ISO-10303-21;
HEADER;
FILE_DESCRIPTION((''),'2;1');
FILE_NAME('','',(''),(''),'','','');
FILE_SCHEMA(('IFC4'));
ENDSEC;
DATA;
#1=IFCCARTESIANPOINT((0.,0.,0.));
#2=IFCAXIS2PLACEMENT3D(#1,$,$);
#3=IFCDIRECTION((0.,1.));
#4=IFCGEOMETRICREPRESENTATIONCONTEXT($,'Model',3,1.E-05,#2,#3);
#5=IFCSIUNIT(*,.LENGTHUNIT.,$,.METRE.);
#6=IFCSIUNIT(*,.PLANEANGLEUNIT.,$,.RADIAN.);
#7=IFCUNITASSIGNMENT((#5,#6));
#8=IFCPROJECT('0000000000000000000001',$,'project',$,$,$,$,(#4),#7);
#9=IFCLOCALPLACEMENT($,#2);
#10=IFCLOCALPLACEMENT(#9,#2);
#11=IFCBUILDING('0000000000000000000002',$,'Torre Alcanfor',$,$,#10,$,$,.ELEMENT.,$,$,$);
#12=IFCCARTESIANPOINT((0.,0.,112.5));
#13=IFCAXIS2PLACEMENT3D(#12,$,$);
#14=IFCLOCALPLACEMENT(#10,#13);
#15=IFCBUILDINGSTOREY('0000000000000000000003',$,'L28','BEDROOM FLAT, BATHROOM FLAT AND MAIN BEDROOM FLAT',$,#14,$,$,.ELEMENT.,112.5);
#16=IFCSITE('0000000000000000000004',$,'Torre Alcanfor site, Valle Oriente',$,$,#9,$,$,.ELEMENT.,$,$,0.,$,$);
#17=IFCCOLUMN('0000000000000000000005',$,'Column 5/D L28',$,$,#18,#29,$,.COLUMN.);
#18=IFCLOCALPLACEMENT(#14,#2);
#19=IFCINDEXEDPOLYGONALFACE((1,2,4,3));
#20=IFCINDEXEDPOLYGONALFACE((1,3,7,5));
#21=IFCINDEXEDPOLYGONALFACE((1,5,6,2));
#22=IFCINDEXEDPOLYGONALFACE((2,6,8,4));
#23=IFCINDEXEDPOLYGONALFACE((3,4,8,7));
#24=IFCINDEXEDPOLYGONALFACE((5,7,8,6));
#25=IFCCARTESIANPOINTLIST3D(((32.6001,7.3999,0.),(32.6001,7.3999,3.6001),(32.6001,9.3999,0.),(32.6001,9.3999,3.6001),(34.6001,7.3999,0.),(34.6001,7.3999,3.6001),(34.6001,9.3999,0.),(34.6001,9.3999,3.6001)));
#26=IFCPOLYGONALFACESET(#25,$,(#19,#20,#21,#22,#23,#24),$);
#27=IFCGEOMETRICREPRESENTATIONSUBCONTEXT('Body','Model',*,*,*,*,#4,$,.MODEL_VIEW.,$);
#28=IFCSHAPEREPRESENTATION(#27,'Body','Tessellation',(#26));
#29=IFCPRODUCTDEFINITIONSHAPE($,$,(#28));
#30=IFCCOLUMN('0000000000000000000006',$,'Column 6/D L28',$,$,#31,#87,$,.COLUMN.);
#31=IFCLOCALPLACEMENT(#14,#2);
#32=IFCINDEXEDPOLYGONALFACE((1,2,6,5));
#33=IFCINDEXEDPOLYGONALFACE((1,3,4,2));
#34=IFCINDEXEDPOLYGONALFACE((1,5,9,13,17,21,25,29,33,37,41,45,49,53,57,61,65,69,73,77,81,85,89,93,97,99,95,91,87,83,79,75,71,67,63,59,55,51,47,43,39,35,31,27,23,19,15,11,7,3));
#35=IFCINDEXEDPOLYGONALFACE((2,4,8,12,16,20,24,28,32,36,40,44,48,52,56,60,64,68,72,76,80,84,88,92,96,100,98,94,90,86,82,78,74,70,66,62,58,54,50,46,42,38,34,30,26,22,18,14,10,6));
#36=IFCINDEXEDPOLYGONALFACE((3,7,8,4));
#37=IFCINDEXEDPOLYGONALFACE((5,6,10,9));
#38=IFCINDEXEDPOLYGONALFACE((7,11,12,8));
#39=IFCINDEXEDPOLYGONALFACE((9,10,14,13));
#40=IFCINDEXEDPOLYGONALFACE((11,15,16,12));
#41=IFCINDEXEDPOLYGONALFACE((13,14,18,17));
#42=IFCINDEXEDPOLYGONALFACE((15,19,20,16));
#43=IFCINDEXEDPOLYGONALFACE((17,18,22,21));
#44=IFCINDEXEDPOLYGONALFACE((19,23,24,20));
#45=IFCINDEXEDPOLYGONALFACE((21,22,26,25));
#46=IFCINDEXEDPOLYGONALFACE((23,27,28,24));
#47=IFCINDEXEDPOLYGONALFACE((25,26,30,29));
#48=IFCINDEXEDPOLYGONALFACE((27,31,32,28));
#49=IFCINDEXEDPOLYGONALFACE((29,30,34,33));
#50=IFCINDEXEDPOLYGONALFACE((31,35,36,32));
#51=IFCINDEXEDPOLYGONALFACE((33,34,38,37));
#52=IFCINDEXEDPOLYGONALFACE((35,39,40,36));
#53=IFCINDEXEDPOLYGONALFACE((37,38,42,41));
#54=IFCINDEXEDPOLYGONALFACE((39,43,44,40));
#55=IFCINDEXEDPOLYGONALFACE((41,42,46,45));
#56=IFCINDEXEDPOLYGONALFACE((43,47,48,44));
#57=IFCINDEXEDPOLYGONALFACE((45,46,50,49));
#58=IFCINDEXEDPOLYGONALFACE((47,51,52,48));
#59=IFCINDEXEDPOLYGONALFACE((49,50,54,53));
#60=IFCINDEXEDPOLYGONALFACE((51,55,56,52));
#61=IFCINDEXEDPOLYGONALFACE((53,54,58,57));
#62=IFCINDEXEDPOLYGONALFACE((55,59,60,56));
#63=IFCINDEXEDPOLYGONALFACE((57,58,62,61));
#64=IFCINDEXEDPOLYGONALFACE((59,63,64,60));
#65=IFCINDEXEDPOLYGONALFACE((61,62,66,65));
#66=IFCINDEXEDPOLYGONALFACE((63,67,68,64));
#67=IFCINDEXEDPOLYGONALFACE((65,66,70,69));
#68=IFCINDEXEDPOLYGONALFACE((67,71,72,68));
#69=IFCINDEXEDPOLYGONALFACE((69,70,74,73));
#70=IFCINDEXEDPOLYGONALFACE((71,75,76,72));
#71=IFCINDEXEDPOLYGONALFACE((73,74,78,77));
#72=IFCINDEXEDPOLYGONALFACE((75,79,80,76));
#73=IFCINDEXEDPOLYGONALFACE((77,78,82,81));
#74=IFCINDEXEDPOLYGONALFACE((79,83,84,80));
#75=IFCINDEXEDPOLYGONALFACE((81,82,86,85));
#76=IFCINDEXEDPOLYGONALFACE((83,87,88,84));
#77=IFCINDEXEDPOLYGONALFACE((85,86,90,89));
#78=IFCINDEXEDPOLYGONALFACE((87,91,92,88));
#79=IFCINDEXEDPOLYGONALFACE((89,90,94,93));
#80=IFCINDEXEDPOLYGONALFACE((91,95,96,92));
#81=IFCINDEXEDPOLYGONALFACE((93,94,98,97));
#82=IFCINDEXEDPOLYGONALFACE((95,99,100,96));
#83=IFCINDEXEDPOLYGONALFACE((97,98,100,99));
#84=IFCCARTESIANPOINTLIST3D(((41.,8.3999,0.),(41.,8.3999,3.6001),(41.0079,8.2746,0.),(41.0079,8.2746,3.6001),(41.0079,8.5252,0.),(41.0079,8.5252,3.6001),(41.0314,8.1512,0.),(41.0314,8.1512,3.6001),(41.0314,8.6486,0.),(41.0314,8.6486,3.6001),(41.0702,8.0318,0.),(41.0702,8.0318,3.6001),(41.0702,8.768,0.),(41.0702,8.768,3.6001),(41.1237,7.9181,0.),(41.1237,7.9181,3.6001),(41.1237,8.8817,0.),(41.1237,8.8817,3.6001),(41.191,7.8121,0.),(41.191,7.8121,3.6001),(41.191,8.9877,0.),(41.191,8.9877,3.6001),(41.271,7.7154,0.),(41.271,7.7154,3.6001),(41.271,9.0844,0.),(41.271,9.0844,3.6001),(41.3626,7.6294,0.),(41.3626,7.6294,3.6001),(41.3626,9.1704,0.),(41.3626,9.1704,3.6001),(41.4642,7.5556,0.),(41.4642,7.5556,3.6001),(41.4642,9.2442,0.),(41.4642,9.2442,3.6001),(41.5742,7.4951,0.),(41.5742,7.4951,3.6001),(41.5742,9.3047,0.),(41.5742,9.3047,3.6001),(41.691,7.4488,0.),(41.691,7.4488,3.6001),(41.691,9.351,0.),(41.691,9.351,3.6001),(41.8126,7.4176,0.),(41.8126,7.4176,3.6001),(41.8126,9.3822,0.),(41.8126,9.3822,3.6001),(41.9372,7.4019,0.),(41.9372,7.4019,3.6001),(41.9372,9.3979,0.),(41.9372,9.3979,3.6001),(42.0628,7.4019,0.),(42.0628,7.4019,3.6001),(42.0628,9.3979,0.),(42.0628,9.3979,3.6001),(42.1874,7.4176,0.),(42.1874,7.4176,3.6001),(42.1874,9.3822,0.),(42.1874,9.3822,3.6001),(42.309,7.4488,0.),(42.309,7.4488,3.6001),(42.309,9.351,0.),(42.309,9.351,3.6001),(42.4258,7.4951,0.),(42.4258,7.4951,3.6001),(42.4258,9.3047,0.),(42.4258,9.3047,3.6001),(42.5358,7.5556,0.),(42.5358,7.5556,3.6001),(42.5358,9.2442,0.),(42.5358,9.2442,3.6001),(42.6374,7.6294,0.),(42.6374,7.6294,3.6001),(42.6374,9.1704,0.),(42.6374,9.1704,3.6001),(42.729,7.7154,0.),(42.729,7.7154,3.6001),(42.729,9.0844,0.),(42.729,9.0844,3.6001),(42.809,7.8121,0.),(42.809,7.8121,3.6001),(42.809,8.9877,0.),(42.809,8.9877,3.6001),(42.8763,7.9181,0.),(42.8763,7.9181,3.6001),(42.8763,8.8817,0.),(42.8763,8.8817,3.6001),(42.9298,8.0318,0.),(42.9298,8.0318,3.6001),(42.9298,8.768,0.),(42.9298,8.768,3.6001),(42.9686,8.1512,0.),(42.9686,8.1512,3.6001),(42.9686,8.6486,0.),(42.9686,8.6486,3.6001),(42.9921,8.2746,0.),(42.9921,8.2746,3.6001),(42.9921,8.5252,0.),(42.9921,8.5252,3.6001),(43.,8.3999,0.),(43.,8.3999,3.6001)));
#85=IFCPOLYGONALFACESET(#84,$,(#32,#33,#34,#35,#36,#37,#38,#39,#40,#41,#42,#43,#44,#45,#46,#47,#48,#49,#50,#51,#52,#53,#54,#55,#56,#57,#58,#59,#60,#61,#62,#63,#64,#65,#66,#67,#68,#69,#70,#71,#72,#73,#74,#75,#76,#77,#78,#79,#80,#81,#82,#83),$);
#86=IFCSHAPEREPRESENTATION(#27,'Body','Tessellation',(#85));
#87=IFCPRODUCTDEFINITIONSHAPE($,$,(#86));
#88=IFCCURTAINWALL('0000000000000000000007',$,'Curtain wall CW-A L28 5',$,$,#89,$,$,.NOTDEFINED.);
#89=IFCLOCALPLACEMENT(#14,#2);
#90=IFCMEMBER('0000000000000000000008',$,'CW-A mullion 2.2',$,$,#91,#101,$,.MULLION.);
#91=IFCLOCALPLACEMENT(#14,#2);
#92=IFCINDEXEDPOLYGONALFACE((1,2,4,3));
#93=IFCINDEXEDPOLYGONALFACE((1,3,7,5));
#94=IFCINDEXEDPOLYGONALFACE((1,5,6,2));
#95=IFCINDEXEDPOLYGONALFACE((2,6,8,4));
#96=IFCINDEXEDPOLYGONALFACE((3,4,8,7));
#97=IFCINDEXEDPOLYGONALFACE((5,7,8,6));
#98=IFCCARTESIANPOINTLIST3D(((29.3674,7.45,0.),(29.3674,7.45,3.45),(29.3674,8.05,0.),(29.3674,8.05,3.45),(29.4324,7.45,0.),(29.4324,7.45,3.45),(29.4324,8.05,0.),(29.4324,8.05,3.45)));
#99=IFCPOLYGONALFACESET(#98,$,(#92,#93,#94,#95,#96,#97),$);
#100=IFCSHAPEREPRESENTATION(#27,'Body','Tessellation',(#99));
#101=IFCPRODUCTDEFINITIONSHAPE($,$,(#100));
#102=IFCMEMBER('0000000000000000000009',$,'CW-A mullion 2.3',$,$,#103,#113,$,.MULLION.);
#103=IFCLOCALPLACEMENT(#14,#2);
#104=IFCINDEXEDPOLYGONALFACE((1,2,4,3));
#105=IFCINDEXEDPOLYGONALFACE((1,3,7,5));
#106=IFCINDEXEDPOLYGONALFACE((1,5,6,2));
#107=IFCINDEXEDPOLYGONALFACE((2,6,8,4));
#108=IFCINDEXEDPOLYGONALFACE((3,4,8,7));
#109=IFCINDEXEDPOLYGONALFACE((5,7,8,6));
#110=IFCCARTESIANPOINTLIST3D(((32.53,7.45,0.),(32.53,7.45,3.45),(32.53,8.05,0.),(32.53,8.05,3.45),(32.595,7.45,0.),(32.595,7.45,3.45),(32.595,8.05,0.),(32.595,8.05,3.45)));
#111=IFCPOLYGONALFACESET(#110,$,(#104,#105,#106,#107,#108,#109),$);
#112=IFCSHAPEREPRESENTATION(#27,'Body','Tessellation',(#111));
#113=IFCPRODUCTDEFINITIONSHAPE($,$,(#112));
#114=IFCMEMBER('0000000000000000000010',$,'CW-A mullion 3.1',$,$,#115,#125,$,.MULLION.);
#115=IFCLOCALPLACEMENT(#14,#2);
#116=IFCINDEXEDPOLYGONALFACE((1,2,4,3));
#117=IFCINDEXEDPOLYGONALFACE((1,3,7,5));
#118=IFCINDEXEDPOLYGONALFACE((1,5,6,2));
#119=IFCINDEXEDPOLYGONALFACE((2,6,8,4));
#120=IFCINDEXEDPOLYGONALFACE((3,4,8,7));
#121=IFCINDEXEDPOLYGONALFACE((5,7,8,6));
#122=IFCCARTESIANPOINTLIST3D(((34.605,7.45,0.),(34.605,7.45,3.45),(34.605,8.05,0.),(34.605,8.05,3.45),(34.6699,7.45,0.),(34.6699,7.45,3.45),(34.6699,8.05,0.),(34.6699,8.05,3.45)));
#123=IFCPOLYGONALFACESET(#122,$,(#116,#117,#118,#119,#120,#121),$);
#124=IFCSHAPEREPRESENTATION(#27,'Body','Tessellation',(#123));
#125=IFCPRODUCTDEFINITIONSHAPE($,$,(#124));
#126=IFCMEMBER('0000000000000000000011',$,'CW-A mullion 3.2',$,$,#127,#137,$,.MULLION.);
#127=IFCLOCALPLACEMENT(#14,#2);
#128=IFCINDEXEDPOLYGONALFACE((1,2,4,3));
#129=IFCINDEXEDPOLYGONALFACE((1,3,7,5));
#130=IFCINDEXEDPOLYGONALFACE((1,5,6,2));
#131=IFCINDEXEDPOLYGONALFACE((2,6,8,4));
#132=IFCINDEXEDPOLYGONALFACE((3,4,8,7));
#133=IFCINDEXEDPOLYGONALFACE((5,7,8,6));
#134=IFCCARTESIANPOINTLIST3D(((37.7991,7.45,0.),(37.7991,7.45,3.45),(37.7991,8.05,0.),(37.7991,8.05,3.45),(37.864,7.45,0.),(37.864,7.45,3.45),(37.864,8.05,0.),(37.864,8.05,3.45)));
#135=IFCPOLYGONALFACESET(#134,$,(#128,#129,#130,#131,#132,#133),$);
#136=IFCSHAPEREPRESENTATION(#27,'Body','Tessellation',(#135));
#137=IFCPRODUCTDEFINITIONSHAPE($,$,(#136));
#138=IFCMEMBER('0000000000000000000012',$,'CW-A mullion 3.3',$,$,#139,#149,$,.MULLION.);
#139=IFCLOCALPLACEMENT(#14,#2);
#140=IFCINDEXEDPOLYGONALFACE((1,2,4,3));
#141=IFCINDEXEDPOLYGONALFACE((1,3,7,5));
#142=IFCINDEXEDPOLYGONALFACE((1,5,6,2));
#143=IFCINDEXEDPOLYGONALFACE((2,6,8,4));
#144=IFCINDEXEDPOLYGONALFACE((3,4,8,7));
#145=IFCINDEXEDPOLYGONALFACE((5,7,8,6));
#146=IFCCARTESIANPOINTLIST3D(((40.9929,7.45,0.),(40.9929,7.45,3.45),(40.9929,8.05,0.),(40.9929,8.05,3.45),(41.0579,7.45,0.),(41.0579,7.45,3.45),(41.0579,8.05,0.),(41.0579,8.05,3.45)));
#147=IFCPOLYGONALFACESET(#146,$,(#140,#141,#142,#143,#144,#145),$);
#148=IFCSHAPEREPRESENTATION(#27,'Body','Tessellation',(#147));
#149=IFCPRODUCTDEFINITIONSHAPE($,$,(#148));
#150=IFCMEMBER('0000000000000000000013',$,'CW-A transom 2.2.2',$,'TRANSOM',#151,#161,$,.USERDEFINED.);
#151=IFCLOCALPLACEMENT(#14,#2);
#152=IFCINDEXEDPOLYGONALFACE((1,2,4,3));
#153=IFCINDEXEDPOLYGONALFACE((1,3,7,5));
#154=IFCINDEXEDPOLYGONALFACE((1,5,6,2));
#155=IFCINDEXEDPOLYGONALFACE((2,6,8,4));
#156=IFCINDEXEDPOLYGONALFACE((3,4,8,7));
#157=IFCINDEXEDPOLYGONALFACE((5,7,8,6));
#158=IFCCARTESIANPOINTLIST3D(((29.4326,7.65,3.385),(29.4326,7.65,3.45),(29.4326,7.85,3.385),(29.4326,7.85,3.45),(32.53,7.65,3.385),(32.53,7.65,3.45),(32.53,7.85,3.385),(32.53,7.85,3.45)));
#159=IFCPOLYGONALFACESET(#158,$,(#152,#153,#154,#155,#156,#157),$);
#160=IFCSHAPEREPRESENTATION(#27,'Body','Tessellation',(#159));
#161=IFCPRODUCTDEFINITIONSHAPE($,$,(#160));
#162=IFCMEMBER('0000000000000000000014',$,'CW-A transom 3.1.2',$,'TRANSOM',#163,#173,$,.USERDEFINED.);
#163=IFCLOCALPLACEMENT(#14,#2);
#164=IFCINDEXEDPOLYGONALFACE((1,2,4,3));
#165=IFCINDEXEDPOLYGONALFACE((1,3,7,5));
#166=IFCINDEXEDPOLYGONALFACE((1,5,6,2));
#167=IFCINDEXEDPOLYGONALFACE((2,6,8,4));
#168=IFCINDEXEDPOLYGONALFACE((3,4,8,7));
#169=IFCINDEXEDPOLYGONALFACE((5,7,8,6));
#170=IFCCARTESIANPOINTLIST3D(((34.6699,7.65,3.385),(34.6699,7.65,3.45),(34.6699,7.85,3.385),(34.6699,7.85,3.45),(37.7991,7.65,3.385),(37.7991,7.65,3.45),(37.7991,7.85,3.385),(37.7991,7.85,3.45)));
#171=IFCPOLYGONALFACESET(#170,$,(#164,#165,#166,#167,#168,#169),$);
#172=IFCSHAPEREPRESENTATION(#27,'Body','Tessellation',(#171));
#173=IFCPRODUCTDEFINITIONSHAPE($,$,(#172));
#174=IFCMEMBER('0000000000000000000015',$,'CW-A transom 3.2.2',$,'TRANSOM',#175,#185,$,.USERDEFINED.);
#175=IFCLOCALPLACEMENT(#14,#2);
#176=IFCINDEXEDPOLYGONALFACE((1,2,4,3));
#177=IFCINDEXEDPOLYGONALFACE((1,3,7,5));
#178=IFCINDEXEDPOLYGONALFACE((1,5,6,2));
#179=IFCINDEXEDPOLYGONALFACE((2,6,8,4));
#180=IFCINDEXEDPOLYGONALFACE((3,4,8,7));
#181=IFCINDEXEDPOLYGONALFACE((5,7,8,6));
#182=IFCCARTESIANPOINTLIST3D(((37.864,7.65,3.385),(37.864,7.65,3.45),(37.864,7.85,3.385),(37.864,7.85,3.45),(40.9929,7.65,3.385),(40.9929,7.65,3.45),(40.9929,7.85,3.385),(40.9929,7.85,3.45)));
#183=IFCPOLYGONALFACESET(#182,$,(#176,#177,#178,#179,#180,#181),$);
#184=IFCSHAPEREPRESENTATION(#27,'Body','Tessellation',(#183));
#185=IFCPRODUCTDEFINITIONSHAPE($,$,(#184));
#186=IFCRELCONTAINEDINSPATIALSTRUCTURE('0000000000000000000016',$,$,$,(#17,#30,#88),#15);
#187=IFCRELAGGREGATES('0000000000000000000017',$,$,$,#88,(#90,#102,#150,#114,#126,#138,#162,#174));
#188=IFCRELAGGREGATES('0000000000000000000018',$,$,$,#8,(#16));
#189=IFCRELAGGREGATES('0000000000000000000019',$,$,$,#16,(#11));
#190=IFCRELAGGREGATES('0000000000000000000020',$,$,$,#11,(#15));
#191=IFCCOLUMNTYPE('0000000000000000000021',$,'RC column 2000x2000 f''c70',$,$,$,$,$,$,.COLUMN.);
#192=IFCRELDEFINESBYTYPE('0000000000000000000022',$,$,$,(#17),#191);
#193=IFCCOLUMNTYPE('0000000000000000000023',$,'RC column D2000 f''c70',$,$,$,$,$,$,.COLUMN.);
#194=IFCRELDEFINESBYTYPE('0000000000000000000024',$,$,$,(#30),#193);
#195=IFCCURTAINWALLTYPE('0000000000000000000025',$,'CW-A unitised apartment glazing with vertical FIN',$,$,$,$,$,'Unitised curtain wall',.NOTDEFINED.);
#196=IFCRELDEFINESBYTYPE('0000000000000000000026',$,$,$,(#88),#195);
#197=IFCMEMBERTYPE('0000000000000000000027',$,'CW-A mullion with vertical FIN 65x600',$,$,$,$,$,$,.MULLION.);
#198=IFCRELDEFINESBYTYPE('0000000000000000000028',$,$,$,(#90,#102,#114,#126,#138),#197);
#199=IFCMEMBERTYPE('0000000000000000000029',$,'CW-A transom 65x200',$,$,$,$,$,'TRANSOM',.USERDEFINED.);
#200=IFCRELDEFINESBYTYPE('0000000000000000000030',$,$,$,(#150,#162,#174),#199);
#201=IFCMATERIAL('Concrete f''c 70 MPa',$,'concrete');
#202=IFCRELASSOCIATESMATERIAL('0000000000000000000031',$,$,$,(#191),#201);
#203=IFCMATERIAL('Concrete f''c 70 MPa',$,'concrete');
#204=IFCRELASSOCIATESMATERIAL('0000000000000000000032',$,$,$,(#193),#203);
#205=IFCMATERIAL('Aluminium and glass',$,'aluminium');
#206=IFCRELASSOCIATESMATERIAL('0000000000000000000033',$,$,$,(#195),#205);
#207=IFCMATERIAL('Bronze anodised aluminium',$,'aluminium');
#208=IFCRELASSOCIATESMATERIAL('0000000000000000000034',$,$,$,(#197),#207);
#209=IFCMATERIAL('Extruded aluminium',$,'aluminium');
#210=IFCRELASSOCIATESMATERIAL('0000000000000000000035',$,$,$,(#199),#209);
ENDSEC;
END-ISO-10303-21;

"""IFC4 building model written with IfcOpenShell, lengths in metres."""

from ifc_helpers import new_model, si_unit, direction, frame, origin, origin_2d, place, context, subcontext, project, spatial, rectangle, circle, extrude, material, material_profile, profile_set, type_object, element, aggregate, save


model = new_model("IFC4")

# Units and contexts
model_context = context("Model", 3, precision=1e-05, world=origin(), true_north=direction((0.0, 1.0)))
body_context = subcontext(model_context, "Body", "Model", "MODEL_VIEW")
ifc_project = project(units=[si_unit("LENGTHUNIT", "METRE"), si_unit("PLANEANGLEUNIT", "RADIAN")], contexts=[model_context])

# Site, building, storey
site_placement = place(None, origin())
site = spatial("IfcSite", under=ifc_project, at=site_placement, Name="Torre Alcanfor site, Valle Oriente", CompositionType="ELEMENT", RefElevation=0.0)
building_placement = place(site_placement, origin())
building = spatial("IfcBuilding", under=site, at=building_placement, Name="Torre Alcanfor", CompositionType="ELEMENT")
storey_placement = place(building_placement, frame((0.0, 0.0, 112.5)))
storey = spatial("IfcBuildingStorey", under=building, at=storey_placement, Name="L28", Description="BEDROOM FLAT, BATHROOM FLAT AND MAIN BEDROOM FLAT", CompositionType="ELEMENT", Elevation=112.5)

# Columns
ifc_material_1 = material(Name="Concrete f'c 70 MPa", Category="concrete")
ifc_material_profile_1 = material_profile(ifc_material_1, rectangle(XDim=2.0, YDim=2.0, at=origin_2d()), Name="2000x2000")
ifc_profile_set_1 = profile_set([ifc_material_profile_1], Name="Concrete f'c 70 MPa")
column_type_1 = type_object("IfcColumnType", Name="RC column 2000x2000 f'c70", PredefinedType="COLUMN", material=ifc_profile_set_1)
column_1_placement = place(storey_placement, frame((33.6001, 8.3999, 0.0), z_axis=(0.0, 0.0, 1.0), x_axis=(1.0, 0.0, 0.0)))
element("IfcColumn", 1, at=column_1_placement, inside=storey, type_object=column_type_1, Name="Column 5/D L28", PredefinedType="COLUMN", context=body_context, shape_type="SweptSolid", body=[
    extrude(rectangle(XDim=2.0, YDim=2.0, at=origin_2d()), origin(), (0.0, 0.0, 1.0), 3.6001),
])
ifc_material_2 = material(Name="Concrete f'c 70 MPa", Category="concrete")
ifc_material_profile_2 = material_profile(ifc_material_2, circle(Radius=1.0, at=origin_2d()), Name="D2000")
ifc_profile_set_2 = profile_set([ifc_material_profile_2], Name="Concrete f'c 70 MPa")
column_type_2 = type_object("IfcColumnType", Name="RC column D2000 f'c70", PredefinedType="COLUMN", material=ifc_profile_set_2)
column_2_placement = place(storey_placement, frame((42.0, 8.3999, 0.0), z_axis=(0.0, 0.0, 1.0), x_axis=(1.0, 0.0, 0.0)))
element("IfcColumn", 2, at=column_2_placement, inside=storey, type_object=column_type_2, Name="Column 6/D L28", PredefinedType="COLUMN", context=body_context, shape_type="SweptSolid", body=[
    extrude(circle(Radius=1.0, at=origin_2d()), origin(), (0.0, 0.0, 1.0), 3.6001),
])

# Curtain wall, members
ifc_material_3 = material(Name="Aluminium and glass", Category="aluminium")
curtain_wall_type = type_object("IfcCurtainWallType", Name="CW-A unitised apartment glazing with vertical FIN", ElementType="Unitised curtain wall", PredefinedType="NOTDEFINED", material=ifc_material_3)
curtain_wall_placement = place(storey_placement, origin())
curtain_wall = element("IfcCurtainWall", 3, at=curtain_wall_placement, inside=storey, type_object=curtain_wall_type, Name="Curtain wall CW-A L28 5", PredefinedType="NOTDEFINED")
ifc_material_4 = material(Name="Bronze anodised aluminium", Category="aluminium")
ifc_material_profile_3 = material_profile(ifc_material_4, rectangle(XDim=0.6001, YDim=0.0649, at=origin_2d()), Name="CW-A mullion 65x600")
ifc_profile_set_3 = profile_set([ifc_material_profile_3], Name="Bronze anodised aluminium")
member_type_1 = type_object("IfcMemberType", Name="CW-A mullion with vertical FIN 65x600", PredefinedType="MULLION", material=ifc_profile_set_3)
member_1_placement = place(storey_placement, frame((29.3999, 7.75, 0.0), z_axis=(0.0, 0.0, 1.0), x_axis=(0.0, 1.0, 0.0)))
member_1 = element("IfcMember", 4, at=member_1_placement, type_object=member_type_1, Name="CW-A mullion 2.2", PredefinedType="MULLION", context=body_context, shape_type="SweptSolid", body=[
    extrude(rectangle(XDim=0.6001, YDim=0.0649, at=origin_2d()), origin(), (0.0, 0.0, 1.0), 3.45),
])
member_2_placement = place(storey_placement, frame((32.5625, 7.75, 0.0), z_axis=(0.0, 0.0, 1.0), x_axis=(0.0, 1.0, 0.0)))
member_2 = element("IfcMember", 5, at=member_2_placement, type_object=member_type_1, Name="CW-A mullion 2.3", PredefinedType="MULLION", context=body_context, shape_type="SweptSolid", body=[
    extrude(rectangle(XDim=0.6001, YDim=0.0649, at=origin_2d()), origin(), (0.0, 0.0, 1.0), 3.45),
])
member_3_placement = place(storey_placement, frame((34.6375, 7.75, 0.0), z_axis=(0.0, 0.0, 1.0), x_axis=(0.0, 1.0, 0.0)))
member_3 = element("IfcMember", 6, at=member_3_placement, type_object=member_type_1, Name="CW-A mullion 3.1", PredefinedType="MULLION", context=body_context, shape_type="SweptSolid", body=[
    extrude(rectangle(XDim=0.6001, YDim=0.0649, at=origin_2d()), origin(), (0.0, 0.0, 1.0), 3.45),
])
member_4_placement = place(storey_placement, frame((37.8315, 7.75, 0.0), z_axis=(0.0, 0.0, 1.0), x_axis=(0.0, 1.0, 0.0)))
member_4 = element("IfcMember", 7, at=member_4_placement, type_object=member_type_1, Name="CW-A mullion 3.2", PredefinedType="MULLION", context=body_context, shape_type="SweptSolid", body=[
    extrude(rectangle(XDim=0.6001, YDim=0.0649, at=origin_2d()), origin(), (0.0, 0.0, 1.0), 3.45),
])
member_5_placement = place(storey_placement, frame((41.0254, 7.75, 0.0), z_axis=(0.0, 0.0, 1.0), x_axis=(0.0, 1.0, 0.0)))
member_5 = element("IfcMember", 8, at=member_5_placement, type_object=member_type_1, Name="CW-A mullion 3.3", PredefinedType="MULLION", context=body_context, shape_type="SweptSolid", body=[
    extrude(rectangle(XDim=0.6001, YDim=0.0649, at=origin_2d()), origin(), (0.0, 0.0, 1.0), 3.45),
])
ifc_material_5 = material(Name="Extruded aluminium", Category="aluminium")
ifc_material_profile_4 = material_profile(ifc_material_5, rectangle(XDim=0.2, YDim=0.0649, at=origin_2d()), Name="CW-A transom 200x65")
ifc_profile_set_4 = profile_set([ifc_material_profile_4], Name="Extruded aluminium")
member_type_2 = type_object("IfcMemberType", Name="CW-A transom 65x200", ElementType="TRANSOM", PredefinedType="USERDEFINED", material=ifc_profile_set_4)
member_6_placement = place(storey_placement, frame((29.4326, 7.75, 3.4175), z_axis=(1.0, 0.0, 0.0), x_axis=(0.0, 1.0, 0.0)))
member_6 = element("IfcMember", 9, at=member_6_placement, type_object=member_type_2, Name="CW-A transom 2.2.2", ObjectType="TRANSOM", PredefinedType="USERDEFINED", context=body_context, shape_type="SweptSolid", body=[
    extrude(rectangle(XDim=0.2, YDim=0.0649, at=origin_2d()), origin(), (0.0, 0.0, 1.0), 3.0974),
])
member_7_placement = place(storey_placement, frame((34.6699, 7.75, 3.4175), z_axis=(1.0, 0.0, 0.0), x_axis=(0.0, 1.0, 0.0)))
member_7 = element("IfcMember", 10, at=member_7_placement, type_object=member_type_2, Name="CW-A transom 3.1.2", ObjectType="TRANSOM", PredefinedType="USERDEFINED", context=body_context, shape_type="SweptSolid", body=[
    extrude(rectangle(XDim=0.2, YDim=0.0649, at=origin_2d()), origin(), (0.0, 0.0, 1.0), 3.1292),
])
member_8_placement = place(storey_placement, frame((37.864, 7.75, 3.4175), z_axis=(1.0, 0.0, 0.0), x_axis=(0.0, 1.0, 0.0)))
member_8 = element("IfcMember", 11, at=member_8_placement, type_object=member_type_2, Name="CW-A transom 3.2.2", ObjectType="TRANSOM", PredefinedType="USERDEFINED", context=body_context, shape_type="SweptSolid", body=[
    extrude(rectangle(XDim=0.2, YDim=0.0649, at=origin_2d()), origin(), (0.0, 0.0, 1.0), 3.1289),
])

aggregate(curtain_wall, [member_1, member_2, member_6, member_3, member_4, member_5, member_7, member_8])

save(model, "model.ifc")
